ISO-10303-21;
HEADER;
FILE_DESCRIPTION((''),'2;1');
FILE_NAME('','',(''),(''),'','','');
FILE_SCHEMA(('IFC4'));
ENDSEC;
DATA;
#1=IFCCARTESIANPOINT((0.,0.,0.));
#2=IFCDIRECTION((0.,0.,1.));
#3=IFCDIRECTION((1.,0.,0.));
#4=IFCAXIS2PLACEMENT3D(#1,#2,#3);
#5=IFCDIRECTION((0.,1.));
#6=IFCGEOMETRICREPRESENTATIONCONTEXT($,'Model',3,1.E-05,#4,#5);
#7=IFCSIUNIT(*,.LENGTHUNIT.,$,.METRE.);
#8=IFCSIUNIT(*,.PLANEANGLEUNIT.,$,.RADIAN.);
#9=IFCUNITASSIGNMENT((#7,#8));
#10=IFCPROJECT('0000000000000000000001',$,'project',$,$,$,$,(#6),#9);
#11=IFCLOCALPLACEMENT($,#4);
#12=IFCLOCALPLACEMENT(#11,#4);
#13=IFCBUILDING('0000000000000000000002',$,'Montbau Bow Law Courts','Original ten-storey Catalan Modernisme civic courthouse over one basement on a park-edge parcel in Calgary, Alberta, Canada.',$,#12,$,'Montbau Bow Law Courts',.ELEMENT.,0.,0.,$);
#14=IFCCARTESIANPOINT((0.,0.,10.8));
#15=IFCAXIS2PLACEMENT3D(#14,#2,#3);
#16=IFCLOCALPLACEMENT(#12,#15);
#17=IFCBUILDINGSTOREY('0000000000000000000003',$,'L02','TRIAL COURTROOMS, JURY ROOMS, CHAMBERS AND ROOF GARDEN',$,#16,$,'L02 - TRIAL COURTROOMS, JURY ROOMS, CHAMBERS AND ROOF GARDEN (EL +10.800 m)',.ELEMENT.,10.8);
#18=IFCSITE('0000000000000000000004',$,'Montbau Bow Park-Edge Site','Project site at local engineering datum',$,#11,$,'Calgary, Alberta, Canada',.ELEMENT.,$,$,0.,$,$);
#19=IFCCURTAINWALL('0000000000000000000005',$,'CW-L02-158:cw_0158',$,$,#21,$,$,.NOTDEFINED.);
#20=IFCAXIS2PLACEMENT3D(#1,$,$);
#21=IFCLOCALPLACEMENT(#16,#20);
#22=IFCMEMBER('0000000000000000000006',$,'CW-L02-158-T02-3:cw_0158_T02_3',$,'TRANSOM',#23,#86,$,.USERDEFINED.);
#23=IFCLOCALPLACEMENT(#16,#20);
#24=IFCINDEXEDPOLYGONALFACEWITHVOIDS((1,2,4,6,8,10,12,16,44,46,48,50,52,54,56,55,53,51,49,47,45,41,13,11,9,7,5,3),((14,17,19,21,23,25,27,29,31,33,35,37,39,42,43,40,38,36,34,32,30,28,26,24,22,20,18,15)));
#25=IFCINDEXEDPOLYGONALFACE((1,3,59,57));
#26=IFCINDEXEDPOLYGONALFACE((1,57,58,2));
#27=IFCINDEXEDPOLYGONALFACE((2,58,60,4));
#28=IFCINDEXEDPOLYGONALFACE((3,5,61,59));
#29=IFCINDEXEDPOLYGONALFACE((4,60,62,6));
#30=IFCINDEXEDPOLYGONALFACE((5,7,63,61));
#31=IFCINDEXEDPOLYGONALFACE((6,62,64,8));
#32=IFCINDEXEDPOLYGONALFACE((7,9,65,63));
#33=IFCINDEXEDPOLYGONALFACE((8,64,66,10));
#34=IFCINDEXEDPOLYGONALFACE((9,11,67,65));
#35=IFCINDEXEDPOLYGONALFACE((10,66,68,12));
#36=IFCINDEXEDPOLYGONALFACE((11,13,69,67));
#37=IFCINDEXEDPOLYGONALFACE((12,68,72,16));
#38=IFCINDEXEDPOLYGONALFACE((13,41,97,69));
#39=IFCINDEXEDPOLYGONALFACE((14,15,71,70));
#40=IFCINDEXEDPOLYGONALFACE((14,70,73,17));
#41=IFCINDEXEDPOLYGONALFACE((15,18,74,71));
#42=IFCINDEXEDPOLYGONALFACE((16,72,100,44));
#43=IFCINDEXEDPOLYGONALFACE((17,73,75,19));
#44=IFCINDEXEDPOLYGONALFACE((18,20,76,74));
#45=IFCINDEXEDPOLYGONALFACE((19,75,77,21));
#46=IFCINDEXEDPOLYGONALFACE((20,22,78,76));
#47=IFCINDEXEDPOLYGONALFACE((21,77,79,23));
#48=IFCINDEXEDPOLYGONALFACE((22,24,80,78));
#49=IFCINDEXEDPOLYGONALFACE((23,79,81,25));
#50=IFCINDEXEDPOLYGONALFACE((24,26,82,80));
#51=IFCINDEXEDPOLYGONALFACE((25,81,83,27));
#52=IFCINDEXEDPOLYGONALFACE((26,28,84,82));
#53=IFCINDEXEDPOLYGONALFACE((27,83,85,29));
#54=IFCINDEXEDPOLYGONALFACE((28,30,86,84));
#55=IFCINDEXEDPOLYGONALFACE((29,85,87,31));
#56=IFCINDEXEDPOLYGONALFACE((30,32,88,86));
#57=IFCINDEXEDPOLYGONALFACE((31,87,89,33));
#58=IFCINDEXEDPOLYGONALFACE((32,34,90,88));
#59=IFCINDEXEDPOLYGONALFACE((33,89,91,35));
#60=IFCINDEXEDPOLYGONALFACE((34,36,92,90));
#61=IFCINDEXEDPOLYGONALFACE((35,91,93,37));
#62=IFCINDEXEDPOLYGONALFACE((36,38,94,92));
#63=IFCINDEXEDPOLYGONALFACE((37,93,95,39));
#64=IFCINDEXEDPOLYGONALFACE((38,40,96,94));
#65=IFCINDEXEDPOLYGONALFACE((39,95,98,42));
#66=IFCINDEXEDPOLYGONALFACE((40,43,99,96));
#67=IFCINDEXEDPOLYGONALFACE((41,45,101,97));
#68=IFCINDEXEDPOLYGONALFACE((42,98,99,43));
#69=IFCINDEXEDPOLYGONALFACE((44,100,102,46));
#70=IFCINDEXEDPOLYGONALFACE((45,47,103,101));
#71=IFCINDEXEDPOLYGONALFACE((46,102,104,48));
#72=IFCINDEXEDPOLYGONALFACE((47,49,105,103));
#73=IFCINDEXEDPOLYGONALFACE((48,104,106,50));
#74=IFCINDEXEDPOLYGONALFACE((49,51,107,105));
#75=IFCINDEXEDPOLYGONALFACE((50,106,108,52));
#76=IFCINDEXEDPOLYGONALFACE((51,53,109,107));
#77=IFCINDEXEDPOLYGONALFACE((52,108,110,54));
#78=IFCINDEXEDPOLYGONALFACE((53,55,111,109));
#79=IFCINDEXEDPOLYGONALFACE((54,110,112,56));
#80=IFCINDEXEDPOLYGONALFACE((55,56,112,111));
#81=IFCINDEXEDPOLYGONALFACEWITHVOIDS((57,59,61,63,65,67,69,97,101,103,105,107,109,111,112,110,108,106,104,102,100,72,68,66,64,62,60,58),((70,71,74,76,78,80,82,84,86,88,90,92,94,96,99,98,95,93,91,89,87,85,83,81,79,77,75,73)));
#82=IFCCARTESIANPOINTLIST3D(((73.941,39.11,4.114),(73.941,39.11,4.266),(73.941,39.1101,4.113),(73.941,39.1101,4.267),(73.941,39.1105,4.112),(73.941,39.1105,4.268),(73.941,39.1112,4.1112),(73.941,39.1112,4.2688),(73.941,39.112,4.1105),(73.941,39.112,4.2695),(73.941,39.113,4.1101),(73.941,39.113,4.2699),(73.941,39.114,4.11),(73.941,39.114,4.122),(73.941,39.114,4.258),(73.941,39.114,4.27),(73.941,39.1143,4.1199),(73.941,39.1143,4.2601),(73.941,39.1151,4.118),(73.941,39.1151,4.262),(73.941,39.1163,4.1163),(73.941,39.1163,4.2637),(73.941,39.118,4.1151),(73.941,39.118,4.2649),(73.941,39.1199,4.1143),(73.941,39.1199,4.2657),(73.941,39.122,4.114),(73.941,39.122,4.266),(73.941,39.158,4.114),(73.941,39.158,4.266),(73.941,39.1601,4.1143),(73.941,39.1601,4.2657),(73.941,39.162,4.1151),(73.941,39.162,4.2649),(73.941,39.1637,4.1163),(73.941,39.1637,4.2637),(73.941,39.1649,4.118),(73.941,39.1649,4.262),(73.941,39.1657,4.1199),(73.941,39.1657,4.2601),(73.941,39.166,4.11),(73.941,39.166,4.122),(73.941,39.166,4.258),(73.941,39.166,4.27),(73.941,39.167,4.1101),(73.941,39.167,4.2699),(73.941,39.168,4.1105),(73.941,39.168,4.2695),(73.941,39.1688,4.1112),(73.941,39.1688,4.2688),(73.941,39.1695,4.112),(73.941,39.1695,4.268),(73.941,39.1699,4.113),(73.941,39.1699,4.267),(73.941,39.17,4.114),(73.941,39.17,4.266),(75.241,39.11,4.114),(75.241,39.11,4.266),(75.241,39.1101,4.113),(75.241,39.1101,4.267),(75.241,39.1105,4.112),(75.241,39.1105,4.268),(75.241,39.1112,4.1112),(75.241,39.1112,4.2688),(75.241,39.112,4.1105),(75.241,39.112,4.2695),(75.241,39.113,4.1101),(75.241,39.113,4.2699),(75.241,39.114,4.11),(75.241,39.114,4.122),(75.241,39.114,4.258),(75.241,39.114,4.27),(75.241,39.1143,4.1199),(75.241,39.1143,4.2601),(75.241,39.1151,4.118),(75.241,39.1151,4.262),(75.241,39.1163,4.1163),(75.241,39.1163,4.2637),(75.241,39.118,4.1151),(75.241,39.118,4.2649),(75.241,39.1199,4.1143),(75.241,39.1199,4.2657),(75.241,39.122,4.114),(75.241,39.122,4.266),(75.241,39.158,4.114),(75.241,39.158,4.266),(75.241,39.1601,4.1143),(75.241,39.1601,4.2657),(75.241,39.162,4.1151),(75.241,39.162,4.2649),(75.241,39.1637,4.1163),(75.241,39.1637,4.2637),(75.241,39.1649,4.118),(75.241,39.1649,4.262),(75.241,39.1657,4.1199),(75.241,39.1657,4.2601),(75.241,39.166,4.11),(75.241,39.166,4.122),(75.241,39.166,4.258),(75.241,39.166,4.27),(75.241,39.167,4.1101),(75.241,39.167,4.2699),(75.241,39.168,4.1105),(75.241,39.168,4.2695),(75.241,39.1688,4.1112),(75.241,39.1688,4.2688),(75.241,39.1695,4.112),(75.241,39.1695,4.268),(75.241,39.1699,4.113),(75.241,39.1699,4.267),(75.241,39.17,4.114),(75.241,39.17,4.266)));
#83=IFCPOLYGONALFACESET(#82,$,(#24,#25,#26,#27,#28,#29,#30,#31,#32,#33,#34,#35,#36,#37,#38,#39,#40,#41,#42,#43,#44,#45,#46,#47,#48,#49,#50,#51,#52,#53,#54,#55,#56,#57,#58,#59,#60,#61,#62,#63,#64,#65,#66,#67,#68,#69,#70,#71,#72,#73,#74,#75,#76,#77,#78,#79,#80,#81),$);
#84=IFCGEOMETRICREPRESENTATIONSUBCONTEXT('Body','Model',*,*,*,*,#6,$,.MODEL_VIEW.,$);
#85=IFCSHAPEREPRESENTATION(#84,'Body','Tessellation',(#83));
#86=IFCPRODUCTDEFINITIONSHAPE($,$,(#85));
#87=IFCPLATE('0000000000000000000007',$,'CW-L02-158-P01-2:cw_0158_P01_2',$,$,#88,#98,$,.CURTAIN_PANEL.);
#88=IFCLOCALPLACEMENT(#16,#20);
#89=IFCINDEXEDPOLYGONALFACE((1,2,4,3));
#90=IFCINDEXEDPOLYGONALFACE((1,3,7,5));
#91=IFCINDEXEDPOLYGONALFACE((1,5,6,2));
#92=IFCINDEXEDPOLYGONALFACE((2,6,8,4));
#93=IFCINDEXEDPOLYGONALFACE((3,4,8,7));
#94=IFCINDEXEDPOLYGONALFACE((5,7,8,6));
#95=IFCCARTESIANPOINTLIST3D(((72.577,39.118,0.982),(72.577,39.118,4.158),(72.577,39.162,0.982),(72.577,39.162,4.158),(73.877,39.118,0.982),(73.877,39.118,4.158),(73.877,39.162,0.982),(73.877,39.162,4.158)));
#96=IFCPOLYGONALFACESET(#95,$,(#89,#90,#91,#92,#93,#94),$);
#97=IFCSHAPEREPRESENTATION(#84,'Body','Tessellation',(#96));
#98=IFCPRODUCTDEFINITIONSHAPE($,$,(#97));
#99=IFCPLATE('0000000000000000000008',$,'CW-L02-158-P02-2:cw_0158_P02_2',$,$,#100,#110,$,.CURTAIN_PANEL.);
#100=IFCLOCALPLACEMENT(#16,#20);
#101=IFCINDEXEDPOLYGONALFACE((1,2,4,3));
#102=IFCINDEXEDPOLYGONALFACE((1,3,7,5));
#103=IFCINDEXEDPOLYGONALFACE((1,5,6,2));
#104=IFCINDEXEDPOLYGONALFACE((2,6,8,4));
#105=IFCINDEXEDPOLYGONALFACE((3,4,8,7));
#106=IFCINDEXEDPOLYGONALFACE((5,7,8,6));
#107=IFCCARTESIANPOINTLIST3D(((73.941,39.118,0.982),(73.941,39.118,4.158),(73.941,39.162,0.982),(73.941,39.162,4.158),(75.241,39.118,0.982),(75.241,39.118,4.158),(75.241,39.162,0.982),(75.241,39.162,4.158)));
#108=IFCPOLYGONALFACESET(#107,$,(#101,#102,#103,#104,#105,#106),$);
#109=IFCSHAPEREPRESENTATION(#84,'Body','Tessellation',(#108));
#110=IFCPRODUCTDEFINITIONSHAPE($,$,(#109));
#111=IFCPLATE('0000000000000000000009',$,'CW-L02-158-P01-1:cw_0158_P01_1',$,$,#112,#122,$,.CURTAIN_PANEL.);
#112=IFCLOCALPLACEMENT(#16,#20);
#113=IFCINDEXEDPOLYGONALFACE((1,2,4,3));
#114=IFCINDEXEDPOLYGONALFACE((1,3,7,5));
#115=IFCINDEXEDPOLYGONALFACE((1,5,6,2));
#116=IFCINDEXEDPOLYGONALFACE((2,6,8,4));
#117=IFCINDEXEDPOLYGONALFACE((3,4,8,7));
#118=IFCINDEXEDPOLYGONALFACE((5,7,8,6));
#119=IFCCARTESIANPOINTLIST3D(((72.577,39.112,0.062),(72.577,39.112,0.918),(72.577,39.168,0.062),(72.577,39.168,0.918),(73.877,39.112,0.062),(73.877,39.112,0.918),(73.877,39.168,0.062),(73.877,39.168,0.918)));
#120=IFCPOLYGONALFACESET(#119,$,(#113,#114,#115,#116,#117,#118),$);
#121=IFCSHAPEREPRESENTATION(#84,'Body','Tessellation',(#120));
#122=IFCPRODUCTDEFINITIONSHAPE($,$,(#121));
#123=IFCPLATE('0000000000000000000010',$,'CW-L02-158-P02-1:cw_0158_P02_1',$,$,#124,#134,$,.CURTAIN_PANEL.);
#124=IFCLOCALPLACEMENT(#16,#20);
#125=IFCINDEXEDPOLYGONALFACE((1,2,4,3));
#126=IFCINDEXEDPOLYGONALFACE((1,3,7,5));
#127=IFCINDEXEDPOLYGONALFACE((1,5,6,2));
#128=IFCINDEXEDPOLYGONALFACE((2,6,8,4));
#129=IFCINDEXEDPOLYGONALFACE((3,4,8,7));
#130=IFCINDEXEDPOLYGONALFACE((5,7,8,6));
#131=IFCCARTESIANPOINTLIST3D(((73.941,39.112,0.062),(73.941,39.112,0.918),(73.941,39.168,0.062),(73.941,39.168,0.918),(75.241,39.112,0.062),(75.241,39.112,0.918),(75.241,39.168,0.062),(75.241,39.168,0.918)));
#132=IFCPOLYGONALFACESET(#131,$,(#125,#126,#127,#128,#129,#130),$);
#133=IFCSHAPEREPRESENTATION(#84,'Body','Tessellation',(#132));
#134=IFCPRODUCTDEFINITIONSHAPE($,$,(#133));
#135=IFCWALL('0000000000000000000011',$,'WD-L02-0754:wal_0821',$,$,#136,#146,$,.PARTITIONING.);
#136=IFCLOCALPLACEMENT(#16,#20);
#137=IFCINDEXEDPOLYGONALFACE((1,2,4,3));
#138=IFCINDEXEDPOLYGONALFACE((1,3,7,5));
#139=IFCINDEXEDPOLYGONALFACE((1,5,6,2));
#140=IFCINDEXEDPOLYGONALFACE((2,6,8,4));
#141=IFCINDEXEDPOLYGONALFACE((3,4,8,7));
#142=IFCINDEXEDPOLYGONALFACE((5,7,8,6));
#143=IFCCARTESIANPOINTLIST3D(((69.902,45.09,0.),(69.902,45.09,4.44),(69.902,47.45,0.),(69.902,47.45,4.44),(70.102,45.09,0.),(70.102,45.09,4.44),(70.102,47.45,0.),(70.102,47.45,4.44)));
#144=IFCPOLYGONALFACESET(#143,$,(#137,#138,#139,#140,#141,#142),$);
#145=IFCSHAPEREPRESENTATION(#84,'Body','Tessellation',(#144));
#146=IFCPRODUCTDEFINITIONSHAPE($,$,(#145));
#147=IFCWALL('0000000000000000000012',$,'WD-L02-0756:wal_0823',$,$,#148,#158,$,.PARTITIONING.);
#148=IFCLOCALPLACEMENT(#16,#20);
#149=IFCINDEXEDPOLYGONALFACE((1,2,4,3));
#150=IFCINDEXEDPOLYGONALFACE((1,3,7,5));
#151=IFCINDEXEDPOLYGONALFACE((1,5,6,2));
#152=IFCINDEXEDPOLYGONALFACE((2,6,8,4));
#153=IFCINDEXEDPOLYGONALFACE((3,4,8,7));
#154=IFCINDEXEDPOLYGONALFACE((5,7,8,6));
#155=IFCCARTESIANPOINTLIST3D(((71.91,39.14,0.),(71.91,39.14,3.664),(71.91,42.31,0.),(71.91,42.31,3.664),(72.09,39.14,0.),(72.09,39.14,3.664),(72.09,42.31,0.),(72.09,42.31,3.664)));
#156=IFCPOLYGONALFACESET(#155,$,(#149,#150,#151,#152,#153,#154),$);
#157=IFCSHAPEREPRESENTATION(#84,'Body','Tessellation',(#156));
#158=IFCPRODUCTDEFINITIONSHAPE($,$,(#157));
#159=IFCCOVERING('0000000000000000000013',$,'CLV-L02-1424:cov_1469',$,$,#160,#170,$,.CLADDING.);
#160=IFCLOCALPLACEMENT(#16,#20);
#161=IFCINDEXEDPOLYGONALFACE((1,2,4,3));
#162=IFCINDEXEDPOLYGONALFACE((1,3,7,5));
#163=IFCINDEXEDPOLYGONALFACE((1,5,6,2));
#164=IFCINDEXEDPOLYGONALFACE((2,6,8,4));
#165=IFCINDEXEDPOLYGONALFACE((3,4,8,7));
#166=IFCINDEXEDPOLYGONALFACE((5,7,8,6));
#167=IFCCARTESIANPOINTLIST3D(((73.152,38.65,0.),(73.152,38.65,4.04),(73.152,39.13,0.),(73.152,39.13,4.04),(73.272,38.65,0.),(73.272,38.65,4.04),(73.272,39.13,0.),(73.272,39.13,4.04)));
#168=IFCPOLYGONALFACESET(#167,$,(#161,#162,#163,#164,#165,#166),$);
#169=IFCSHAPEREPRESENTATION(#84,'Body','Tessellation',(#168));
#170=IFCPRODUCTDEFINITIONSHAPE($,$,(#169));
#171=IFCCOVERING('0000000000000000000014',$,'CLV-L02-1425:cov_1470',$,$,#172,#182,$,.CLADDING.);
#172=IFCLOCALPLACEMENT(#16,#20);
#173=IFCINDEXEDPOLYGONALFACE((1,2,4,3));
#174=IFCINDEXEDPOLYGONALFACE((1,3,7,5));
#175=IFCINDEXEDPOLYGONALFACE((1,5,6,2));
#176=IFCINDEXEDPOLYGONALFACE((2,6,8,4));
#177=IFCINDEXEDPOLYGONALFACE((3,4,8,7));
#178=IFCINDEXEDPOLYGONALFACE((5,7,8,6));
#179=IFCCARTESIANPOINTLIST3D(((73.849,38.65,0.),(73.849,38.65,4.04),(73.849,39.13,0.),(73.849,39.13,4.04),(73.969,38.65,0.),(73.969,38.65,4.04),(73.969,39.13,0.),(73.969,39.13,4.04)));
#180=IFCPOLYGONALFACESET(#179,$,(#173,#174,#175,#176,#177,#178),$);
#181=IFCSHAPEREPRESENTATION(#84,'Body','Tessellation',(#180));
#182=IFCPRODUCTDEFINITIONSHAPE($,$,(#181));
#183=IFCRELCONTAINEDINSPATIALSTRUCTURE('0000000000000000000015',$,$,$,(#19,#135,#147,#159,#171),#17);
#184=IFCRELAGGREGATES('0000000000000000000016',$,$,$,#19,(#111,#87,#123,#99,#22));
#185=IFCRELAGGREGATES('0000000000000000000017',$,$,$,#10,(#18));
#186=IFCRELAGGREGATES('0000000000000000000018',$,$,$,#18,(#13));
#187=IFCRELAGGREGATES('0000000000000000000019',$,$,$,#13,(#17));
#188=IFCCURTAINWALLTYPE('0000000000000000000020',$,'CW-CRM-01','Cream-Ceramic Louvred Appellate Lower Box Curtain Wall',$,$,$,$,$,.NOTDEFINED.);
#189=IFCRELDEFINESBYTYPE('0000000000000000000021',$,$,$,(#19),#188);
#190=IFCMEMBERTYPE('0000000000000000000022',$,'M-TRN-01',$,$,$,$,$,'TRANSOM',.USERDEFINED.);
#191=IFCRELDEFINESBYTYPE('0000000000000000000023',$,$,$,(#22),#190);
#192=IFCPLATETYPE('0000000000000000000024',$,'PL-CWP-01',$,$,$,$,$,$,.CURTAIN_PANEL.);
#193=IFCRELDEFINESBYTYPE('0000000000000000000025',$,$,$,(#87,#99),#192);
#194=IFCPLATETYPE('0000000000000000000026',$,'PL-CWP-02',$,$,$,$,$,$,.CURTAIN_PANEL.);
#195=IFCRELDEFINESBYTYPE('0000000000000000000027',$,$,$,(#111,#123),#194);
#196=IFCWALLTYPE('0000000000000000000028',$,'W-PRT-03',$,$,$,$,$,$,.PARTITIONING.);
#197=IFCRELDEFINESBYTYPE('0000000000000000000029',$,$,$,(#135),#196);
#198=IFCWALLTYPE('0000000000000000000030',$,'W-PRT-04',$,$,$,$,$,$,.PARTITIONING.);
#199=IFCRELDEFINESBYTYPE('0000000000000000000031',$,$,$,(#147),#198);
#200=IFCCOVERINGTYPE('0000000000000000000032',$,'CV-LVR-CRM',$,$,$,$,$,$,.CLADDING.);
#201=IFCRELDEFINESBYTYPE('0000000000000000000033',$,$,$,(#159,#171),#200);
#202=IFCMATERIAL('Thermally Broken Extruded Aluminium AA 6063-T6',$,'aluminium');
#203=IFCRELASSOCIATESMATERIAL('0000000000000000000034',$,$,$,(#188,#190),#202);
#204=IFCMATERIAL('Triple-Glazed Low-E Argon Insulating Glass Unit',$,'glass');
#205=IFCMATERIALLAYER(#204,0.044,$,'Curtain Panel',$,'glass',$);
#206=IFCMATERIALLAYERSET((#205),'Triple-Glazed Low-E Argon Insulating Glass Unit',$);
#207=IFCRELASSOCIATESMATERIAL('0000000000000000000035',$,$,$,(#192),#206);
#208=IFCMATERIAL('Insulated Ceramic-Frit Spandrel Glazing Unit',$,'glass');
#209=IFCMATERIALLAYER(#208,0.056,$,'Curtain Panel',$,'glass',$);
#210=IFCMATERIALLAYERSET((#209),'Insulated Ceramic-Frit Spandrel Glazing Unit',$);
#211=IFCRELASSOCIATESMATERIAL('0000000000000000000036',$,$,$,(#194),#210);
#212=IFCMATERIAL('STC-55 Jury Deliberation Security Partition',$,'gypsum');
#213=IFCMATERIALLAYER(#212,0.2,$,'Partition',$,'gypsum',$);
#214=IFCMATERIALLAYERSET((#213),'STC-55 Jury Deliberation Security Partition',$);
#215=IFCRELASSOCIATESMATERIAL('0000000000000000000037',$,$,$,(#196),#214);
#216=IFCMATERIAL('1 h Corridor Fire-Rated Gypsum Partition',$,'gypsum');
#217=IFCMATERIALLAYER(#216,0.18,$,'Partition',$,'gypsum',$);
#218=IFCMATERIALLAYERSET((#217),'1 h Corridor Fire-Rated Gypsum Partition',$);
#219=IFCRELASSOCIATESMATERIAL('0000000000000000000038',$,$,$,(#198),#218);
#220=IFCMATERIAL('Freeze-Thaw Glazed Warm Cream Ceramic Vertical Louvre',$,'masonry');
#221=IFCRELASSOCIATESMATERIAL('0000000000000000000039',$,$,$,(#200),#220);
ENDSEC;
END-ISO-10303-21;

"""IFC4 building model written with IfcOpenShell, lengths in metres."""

from ifc_helpers import new_model, si_unit, direction, frame, frame_2d, origin_with_axes, origin_2d_with_axis, place, context, subcontext, project, spatial, rectangle, hollow_rectangle, extrude, material, layer, layer_set, material_profile, profile_set, type_object, element, aggregate, save


model = new_model("IFC4")

# Units and contexts
model_context = context("Model", 3, precision=1e-05, world=origin_with_axes(), true_north=direction((0.0, 1.0)))
body_context = subcontext(model_context, "Body", "Model", "MODEL_VIEW")
ifc_project = project(units=[si_unit("LENGTHUNIT", "METRE"), si_unit("PLANEANGLEUNIT", "RADIAN")], contexts=[model_context])

# Site, building, storey
site_placement = place(None, origin_with_axes())
site = spatial("IfcSite", under=ifc_project, at=site_placement, Name="Montbau Bow Park-Edge Site", Description="Project site at local engineering datum", LongName="Calgary, Alberta, Canada", CompositionType="ELEMENT", RefElevation=0.0)
building_placement = place(site_placement, origin_with_axes())
building = spatial("IfcBuilding", under=site, at=building_placement, Name="Montbau Bow Law Courts", Description="Original ten-storey Catalan Modernisme civic courthouse over one basement on a park-edge parcel in Calgary, Alberta, Canada.", LongName="Montbau Bow Law Courts", CompositionType="ELEMENT", ElevationOfRefHeight=0.0, ElevationOfTerrain=0.0)
storey_placement = place(building_placement, frame((0.0, 0.0, 10.8), z_axis=(0.0, 0.0, 1.0), x_axis=(1.0, 0.0, 0.0)))
storey = spatial("IfcBuildingStorey", under=building, at=storey_placement, Name="L02", Description="TRIAL COURTROOMS, JURY ROOMS, CHAMBERS AND ROOF GARDEN", LongName="L02 - TRIAL COURTROOMS, JURY ROOMS, CHAMBERS AND ROOF GARDEN (EL +10.800 m)", CompositionType="ELEMENT", Elevation=10.8)

# Curtain wall
ifc_material_1 = material(Name="Thermally Broken Extruded Aluminium AA 6063-T6", Category="aluminium")
curtain_wall_type = type_object("IfcCurtainWallType", Name="CW-CRM-01", Description="Cream-Ceramic Louvred Appellate Lower Box Curtain Wall", PredefinedType="NOTDEFINED", material=ifc_material_1)
curtain_wall_placement = place(None, frame((72.515, 39.14, 10.8), z_axis=(0.0, 0.0, 1.0), x_axis=(1.0, 0.0, 0.0)))
curtain_wall = element("IfcCurtainWall", 1, at=curtain_wall_placement, inside=storey, type_object=curtain_wall_type, Name="CW-L02-158:cw_0158", PredefinedType="NOTDEFINED")

# Member
ifc_material_profile_1 = material_profile(ifc_material_1, hollow_rectangle(XDim=0.06, YDim=0.16, WallThickness=0.004, InnerFilletRadius=0.008, OuterFilletRadius=0.004, at=origin_2d_with_axis()), Name="CWT-160X60", Category="Main", Priority=0)
ifc_profile_set_1 = profile_set([ifc_material_profile_1], Name="Thermally Broken Extruded Aluminium AA 6063-T6")
member_type_1 = type_object("IfcMemberType", Name="M-TRN-01", ElementType="TRANSOM", PredefinedType="USERDEFINED", material=ifc_profile_set_1)
member_1_placement = place(None, frame((73.941, 39.14, 14.99), z_axis=(1.0, 0.0, 0.0), x_axis=(0.0, 1.0, 0.0)))
member_1 = element("IfcMember", 2, at=member_1_placement, type_object=member_type_1, Name="CW-L02-158-T02-3:cw_0158_T02_3", ObjectType="TRANSOM", PredefinedType="USERDEFINED", context=body_context, shape_type="SweptSolid", body=[
    extrude(hollow_rectangle(XDim=0.06, YDim=0.16, WallThickness=0.004, InnerFilletRadius=0.008, OuterFilletRadius=0.004, at=origin_2d_with_axis()), origin_with_axes(), (0.0, 0.0, 1.0), 1.3),
])

# Plates
ifc_material_2 = material(Name="Triple-Glazed Low-E Argon Insulating Glass Unit", Category="glass")
ifc_layer_1 = layer(ifc_material_2, 0.044, Name="Curtain Panel", Category="glass")
ifc_layer_set_1 = layer_set([ifc_layer_1], Name="Triple-Glazed Low-E Argon Insulating Glass Unit")
plate_type_1 = type_object("IfcPlateType", Name="PL-CWP-01", PredefinedType="CURTAIN_PANEL", material=ifc_layer_set_1)
plate_1_placement = place(None, frame((72.577, 39.14, 11.782), z_axis=(0.0, -1.0, 0.0), x_axis=(1.0, 0.0, 0.0)))
plate_1 = element("IfcPlate", 3, at=plate_1_placement, type_object=plate_type_1, Name="CW-L02-158-P01-2:cw_0158_P01_2", PredefinedType="CURTAIN_PANEL", context=body_context, shape_type="SweptSolid", body=[
    extrude(rectangle(XDim=1.3, YDim=3.176, at=frame_2d((0.65, 1.588), x_axis=(1.0, 0.0))), frame((0.0, 0.0, -0.022), z_axis=(0.0, 0.0, 1.0), x_axis=(1.0, 0.0, 0.0)), (0.0, 0.0, 1.0), 0.044),
])
plate_2_placement = place(None, frame((73.941, 39.14, 11.782), z_axis=(0.0, -1.0, 0.0), x_axis=(1.0, 0.0, 0.0)))
plate_2 = element("IfcPlate", 4, at=plate_2_placement, type_object=plate_type_1, Name="CW-L02-158-P02-2:cw_0158_P02_2", PredefinedType="CURTAIN_PANEL", context=body_context, shape_type="SweptSolid", body=[
    extrude(rectangle(XDim=1.3, YDim=3.176, at=frame_2d((0.65, 1.588), x_axis=(1.0, 0.0))), frame((0.0, 0.0, -0.022), z_axis=(0.0, 0.0, 1.0), x_axis=(1.0, 0.0, 0.0)), (0.0, 0.0, 1.0), 0.044),
])
ifc_material_3 = material(Name="Insulated Ceramic-Frit Spandrel Glazing Unit", Category="glass")
ifc_layer_2 = layer(ifc_material_3, 0.056, Name="Curtain Panel", Category="glass")
ifc_layer_set_2 = layer_set([ifc_layer_2], Name="Insulated Ceramic-Frit Spandrel Glazing Unit")
plate_type_2 = type_object("IfcPlateType", Name="PL-CWP-02", PredefinedType="CURTAIN_PANEL", material=ifc_layer_set_2)
plate_3_placement = place(None, frame((72.577, 39.14, 10.862), z_axis=(0.0, -1.0, 0.0), x_axis=(1.0, 0.0, 0.0)))
plate_3 = element("IfcPlate", 5, at=plate_3_placement, type_object=plate_type_2, Name="CW-L02-158-P01-1:cw_0158_P01_1", PredefinedType="CURTAIN_PANEL", context=body_context, shape_type="SweptSolid", body=[
    extrude(rectangle(XDim=1.3, YDim=0.856, at=frame_2d((0.65, 0.428), x_axis=(1.0, 0.0))), frame((0.0, 0.0, -0.028), z_axis=(0.0, 0.0, 1.0), x_axis=(1.0, 0.0, 0.0)), (0.0, 0.0, 1.0), 0.056),
])
plate_4_placement = place(None, frame((73.941, 39.14, 10.862), z_axis=(0.0, -1.0, 0.0), x_axis=(1.0, 0.0, 0.0)))
plate_4 = element("IfcPlate", 6, at=plate_4_placement, type_object=plate_type_2, Name="CW-L02-158-P02-1:cw_0158_P02_1", PredefinedType="CURTAIN_PANEL", context=body_context, shape_type="SweptSolid", body=[
    extrude(rectangle(XDim=1.3, YDim=0.856, at=frame_2d((0.65, 0.428), x_axis=(1.0, 0.0))), frame((0.0, 0.0, -0.028), z_axis=(0.0, 0.0, 1.0), x_axis=(1.0, 0.0, 0.0)), (0.0, 0.0, 1.0), 0.056),
])
aggregate(curtain_wall, [plate_3, plate_1, plate_4, plate_2, member_1])

# Walls
ifc_material_4 = material(Name="STC-55 Jury Deliberation Security Partition", Category="gypsum")
ifc_layer_3 = layer(ifc_material_4, 0.2, Name="Partition", Category="gypsum")
ifc_layer_set_3 = layer_set([ifc_layer_3], Name="STC-55 Jury Deliberation Security Partition")
wall_type_1 = type_object("IfcWallType", Name="W-PRT-03", PredefinedType="PARTITIONING", material=ifc_layer_set_3)
wall_1_placement = place(None, frame((70.002, 45.09, 10.8), z_axis=(0.0, 0.0, 1.0), x_axis=(0.0, 1.0, 0.0)))
element("IfcWall", 7, at=wall_1_placement, inside=storey, type_object=wall_type_1, Name="WD-L02-0754:wal_0821", PredefinedType="PARTITIONING", context=body_context, shape_type="SweptSolid", body=[
    extrude(rectangle(XDim=2.36, YDim=0.2, at=frame_2d((1.18, 0.0), x_axis=(1.0, 0.0))), origin_with_axes(), (0.0, 0.0, 1.0), 4.44),
])
ifc_material_5 = material(Name="1 h Corridor Fire-Rated Gypsum Partition", Category="gypsum")
ifc_layer_4 = layer(ifc_material_5, 0.18, Name="Partition", Category="gypsum")
ifc_layer_set_4 = layer_set([ifc_layer_4], Name="1 h Corridor Fire-Rated Gypsum Partition")
wall_type_2 = type_object("IfcWallType", Name="W-PRT-04", PredefinedType="PARTITIONING", material=ifc_layer_set_4)
wall_2_placement = place(None, frame((72.0, 39.14, 10.8), z_axis=(0.0, 0.0, 1.0), x_axis=(0.0, 1.0, 0.0)))
element("IfcWall", 8, at=wall_2_placement, inside=storey, type_object=wall_type_2, Name="WD-L02-0756:wal_0823", PredefinedType="PARTITIONING", context=body_context, shape_type="SweptSolid", body=[
    extrude(rectangle(XDim=3.17, YDim=0.18, at=frame_2d((1.585, 0.0), x_axis=(1.0, 0.0))), origin_with_axes(), (0.0, 0.0, 1.0), 3.664),
])

# Coverings
ifc_material_6 = material(Name="Freeze-Thaw Glazed Warm Cream Ceramic Vertical Louvre", Category="masonry")
covering_type = type_object("IfcCoveringType", Name="CV-LVR-CRM", PredefinedType="CLADDING", material=ifc_material_6)
for number, where, z_axis, x_axis, name in (
    (9, (73.212, 39.13, 10.8), (-1.0, 0.0, 0.0), (0.0, -1.0, 0.0), "CLV-L02-1424:cov_1469"),
    (10, (73.909, 39.13, 10.8), (-1.0, 0.0, 0.0), (0.0, -1.0, 0.0), "CLV-L02-1425:cov_1470"),
):
    element("IfcCovering", number, at=place(None, frame(where, z_axis=z_axis, x_axis=x_axis)), inside=storey, type_object=covering_type, Name=name, PredefinedType="CLADDING", context=body_context, shape_type="SweptSolid", body=[
        extrude(rectangle(XDim=0.48, YDim=4.04, at=frame_2d((0.24, 2.02), x_axis=(1.0, 0.0))), frame((0.0, 0.0, -0.06), z_axis=(0.0, 0.0, 1.0), x_axis=(1.0, 0.0, 0.0)), (0.0, 0.0, 1.0), 0.12),
    ])

save(model, "model.ifc")
